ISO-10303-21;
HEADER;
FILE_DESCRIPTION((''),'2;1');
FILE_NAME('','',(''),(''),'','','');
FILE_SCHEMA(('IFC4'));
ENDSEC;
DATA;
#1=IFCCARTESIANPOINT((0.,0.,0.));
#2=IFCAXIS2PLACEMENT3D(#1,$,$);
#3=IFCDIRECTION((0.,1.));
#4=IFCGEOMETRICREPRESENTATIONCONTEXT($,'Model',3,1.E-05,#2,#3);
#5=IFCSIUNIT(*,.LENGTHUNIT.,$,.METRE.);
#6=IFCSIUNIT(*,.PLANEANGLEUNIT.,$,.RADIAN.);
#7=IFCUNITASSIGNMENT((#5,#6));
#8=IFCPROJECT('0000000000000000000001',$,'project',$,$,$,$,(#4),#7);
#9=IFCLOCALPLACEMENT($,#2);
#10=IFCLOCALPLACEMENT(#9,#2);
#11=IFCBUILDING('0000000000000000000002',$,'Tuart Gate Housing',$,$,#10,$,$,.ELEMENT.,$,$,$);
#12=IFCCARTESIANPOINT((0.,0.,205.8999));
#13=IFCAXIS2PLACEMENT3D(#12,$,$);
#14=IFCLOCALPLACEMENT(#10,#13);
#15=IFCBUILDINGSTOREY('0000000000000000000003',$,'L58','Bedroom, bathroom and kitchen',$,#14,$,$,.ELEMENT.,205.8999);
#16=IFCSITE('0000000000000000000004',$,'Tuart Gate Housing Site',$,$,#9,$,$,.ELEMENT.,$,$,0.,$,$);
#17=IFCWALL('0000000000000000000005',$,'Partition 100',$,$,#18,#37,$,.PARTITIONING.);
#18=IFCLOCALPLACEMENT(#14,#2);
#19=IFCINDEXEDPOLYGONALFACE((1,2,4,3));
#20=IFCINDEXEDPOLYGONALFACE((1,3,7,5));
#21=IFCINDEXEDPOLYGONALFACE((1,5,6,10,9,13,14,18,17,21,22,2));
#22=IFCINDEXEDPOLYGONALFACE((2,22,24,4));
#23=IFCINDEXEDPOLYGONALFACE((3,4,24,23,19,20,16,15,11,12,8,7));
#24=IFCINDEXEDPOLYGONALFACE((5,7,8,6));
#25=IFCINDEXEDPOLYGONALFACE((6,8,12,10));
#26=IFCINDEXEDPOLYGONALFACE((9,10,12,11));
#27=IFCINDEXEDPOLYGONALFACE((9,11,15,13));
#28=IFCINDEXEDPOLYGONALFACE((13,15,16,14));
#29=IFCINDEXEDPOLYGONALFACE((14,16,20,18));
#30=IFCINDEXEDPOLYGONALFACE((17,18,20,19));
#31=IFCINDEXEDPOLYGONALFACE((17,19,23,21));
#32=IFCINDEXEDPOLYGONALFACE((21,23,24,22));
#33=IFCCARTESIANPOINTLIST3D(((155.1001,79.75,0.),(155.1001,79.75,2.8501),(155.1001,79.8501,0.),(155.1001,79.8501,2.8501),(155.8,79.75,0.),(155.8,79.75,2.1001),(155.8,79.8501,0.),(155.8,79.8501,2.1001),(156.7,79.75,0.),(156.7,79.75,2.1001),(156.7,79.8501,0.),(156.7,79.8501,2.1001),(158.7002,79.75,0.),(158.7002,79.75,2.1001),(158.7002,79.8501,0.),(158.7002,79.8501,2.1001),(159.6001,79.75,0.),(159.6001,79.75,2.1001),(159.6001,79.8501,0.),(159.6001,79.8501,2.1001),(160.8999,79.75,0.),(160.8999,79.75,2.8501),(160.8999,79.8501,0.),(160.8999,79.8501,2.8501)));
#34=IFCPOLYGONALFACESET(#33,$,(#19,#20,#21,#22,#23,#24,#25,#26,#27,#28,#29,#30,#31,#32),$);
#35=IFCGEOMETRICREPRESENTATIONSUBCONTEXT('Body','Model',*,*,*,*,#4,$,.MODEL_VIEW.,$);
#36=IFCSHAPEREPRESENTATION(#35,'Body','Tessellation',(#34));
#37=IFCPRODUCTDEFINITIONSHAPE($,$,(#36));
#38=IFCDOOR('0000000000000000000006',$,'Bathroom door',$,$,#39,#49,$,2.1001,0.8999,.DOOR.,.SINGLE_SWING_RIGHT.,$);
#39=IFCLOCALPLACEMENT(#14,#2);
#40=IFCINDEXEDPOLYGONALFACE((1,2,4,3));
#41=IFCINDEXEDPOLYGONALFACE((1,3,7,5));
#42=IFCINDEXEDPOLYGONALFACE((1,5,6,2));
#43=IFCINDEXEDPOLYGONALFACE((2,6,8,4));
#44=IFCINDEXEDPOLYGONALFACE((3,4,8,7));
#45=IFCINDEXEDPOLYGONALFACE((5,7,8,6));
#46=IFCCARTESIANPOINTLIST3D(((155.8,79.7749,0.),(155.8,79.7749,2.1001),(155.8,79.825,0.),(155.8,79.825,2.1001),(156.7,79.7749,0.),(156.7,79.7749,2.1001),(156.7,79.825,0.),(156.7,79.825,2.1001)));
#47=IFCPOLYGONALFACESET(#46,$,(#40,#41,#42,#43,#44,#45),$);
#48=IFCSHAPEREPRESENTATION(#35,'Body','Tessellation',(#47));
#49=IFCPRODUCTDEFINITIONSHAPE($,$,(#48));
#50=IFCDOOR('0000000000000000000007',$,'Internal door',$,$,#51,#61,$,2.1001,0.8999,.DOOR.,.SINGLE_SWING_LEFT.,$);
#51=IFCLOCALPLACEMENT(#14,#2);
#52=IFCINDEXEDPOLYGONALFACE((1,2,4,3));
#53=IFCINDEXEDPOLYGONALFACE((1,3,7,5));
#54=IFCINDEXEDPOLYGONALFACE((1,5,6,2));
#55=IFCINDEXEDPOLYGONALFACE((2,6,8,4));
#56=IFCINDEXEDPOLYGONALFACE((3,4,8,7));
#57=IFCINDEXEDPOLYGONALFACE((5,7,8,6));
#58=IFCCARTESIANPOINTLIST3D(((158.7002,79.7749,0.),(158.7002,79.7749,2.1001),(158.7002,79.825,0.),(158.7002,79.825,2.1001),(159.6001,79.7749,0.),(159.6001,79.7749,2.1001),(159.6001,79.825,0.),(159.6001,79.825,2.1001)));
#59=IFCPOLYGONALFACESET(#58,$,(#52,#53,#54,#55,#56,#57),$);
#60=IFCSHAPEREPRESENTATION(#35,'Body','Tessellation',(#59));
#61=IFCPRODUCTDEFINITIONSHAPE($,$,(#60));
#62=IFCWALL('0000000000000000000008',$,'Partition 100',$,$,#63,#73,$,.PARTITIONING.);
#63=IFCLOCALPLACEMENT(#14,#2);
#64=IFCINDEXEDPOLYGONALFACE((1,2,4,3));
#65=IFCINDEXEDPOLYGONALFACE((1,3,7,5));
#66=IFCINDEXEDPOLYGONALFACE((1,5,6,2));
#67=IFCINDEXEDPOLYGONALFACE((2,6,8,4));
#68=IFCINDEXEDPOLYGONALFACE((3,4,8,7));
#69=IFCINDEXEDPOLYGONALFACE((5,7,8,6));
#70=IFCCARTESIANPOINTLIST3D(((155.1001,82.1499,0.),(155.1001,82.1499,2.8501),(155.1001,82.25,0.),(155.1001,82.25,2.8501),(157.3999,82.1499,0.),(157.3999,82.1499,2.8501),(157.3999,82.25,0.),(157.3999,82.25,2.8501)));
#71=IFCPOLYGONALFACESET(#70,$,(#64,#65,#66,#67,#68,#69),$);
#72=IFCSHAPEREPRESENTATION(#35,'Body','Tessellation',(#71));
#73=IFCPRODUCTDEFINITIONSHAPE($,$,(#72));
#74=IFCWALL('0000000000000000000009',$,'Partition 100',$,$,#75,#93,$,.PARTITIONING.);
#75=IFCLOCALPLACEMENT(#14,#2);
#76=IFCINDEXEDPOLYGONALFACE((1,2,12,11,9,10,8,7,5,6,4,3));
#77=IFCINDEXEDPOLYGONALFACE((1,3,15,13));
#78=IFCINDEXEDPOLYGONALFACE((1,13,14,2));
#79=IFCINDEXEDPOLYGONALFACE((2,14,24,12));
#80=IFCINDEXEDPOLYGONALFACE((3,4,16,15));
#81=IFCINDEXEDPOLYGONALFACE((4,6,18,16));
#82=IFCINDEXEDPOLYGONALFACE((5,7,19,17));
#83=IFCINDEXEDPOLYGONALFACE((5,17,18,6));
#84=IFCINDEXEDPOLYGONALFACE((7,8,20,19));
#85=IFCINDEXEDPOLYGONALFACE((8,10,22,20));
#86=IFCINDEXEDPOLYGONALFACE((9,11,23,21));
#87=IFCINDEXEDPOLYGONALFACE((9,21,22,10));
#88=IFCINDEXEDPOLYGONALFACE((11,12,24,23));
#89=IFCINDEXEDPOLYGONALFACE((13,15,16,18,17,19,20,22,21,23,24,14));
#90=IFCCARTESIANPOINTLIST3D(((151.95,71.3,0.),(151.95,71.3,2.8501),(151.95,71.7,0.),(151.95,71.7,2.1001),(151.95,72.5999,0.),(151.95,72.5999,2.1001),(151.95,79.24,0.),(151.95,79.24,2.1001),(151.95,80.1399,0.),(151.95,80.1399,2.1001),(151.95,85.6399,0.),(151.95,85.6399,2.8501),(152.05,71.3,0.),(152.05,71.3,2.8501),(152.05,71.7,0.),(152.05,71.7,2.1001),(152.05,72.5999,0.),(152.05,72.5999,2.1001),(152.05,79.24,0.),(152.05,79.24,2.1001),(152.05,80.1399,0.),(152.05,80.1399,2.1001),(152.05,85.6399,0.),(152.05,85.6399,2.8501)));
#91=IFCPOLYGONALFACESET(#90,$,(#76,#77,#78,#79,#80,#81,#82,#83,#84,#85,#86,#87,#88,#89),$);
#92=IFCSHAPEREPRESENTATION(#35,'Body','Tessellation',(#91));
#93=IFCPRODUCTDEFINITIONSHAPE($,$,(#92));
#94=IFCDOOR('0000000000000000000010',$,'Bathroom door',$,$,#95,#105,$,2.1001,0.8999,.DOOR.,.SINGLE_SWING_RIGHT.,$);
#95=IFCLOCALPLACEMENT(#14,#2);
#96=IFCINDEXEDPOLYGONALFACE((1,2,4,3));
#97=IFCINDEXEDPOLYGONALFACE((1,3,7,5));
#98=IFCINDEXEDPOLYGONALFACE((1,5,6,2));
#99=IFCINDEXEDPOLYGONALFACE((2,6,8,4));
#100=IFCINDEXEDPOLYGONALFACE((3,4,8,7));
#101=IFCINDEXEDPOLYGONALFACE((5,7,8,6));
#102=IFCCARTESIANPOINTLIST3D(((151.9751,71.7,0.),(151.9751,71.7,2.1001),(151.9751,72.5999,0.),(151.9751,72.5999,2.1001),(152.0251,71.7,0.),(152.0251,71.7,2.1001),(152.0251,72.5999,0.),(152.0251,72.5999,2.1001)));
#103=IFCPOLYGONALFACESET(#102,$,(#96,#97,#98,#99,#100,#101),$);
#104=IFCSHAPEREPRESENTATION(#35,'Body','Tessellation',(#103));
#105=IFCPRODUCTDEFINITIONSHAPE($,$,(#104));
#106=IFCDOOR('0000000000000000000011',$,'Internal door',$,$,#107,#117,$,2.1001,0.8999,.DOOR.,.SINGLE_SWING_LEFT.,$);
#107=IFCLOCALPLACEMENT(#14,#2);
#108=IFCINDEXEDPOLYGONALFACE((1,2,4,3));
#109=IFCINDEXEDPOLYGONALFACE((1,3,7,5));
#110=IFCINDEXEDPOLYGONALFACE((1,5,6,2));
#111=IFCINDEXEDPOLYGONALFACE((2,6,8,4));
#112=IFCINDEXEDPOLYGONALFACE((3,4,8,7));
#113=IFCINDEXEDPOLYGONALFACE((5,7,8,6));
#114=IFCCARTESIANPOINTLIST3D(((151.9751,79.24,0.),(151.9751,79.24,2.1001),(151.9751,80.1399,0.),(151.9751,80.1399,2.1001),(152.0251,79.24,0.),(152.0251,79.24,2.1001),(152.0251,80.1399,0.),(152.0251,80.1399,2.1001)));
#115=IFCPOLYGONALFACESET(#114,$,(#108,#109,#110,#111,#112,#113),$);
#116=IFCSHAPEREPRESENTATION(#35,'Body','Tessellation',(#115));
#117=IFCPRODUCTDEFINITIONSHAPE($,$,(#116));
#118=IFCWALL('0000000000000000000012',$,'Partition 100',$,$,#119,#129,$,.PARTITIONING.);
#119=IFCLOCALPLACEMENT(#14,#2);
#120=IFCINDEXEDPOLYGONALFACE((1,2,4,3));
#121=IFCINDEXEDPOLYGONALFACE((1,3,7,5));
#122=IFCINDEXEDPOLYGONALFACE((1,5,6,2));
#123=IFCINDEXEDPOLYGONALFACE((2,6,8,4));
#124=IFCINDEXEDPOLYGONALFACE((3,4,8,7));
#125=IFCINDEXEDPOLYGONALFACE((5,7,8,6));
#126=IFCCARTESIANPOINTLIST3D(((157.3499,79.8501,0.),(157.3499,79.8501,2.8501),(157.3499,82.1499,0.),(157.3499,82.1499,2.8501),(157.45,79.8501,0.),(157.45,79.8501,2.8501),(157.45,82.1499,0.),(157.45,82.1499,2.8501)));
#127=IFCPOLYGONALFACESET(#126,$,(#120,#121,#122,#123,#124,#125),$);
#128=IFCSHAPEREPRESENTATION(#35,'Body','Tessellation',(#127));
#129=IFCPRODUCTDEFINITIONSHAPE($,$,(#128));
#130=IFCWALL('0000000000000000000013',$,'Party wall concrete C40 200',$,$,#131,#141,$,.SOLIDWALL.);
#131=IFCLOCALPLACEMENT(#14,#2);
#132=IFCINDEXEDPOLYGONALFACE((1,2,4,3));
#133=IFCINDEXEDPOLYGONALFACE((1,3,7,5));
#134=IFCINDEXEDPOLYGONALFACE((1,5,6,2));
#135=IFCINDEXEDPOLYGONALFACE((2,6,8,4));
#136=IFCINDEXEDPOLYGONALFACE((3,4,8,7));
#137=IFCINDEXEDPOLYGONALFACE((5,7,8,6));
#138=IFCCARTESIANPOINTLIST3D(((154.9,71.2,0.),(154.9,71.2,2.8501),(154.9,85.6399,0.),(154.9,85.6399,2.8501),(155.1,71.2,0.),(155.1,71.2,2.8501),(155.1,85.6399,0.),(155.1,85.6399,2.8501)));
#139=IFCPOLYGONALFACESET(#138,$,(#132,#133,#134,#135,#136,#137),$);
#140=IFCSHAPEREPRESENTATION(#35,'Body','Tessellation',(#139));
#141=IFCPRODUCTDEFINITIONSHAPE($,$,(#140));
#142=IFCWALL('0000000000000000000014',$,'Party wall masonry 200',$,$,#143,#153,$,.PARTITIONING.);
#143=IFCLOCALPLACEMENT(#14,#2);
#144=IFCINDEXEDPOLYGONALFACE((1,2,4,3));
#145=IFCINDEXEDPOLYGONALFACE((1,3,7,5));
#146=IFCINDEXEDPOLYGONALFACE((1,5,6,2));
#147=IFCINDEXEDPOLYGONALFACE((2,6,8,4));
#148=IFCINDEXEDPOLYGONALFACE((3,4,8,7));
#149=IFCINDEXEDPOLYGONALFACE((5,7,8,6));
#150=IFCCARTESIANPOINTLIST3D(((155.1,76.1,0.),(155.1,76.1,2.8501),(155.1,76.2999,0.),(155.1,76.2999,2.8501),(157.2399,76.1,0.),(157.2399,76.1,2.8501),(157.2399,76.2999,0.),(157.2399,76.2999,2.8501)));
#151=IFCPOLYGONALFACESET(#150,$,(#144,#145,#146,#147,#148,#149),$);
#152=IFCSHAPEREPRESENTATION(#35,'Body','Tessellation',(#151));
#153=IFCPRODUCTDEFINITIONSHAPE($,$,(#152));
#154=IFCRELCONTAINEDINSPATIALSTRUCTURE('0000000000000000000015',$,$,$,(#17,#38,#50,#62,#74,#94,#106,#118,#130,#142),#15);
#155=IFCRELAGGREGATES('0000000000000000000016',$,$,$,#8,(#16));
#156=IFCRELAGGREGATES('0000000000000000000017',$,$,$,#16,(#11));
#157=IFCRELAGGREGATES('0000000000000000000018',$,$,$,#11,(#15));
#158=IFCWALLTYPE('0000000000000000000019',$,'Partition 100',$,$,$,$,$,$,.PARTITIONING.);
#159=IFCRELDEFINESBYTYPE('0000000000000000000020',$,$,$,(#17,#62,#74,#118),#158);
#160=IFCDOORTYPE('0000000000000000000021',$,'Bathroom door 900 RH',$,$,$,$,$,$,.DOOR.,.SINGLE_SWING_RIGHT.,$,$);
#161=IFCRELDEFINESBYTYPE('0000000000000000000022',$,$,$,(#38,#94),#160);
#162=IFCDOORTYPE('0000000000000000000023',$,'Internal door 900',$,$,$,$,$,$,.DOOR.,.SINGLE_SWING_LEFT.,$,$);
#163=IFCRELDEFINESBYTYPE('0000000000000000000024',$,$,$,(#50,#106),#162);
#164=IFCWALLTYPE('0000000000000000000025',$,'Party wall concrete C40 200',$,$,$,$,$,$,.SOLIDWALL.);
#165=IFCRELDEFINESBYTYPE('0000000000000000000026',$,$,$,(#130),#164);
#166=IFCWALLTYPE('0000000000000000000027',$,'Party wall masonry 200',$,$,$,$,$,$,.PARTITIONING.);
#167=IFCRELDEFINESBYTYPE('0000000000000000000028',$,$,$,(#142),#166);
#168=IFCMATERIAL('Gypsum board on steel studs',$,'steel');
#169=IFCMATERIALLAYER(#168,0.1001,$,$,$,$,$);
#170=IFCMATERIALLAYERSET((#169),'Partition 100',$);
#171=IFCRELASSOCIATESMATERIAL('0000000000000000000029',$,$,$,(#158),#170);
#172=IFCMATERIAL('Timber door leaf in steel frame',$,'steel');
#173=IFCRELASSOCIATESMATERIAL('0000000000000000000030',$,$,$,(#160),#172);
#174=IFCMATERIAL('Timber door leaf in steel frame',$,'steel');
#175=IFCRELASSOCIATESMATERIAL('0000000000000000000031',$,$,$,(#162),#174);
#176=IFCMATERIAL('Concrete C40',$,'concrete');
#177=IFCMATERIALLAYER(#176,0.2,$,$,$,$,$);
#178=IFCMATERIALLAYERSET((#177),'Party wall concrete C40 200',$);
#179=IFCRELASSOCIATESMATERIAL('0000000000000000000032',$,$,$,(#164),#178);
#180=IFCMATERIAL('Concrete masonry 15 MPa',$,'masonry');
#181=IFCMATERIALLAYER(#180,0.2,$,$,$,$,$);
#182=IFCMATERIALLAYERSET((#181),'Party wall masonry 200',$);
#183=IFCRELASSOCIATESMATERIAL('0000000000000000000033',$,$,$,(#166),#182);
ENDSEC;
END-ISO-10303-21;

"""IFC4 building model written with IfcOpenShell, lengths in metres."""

from ifc_helpers import new_model, si_unit, direction, frame, frame_2d, origin, place, context, subcontext, project, spatial, rectangle, extrude, material, layer, layer_set, type_object, element, fill, save


model = new_model("IFC4")

# Units and contexts
model_context = context("Model", 3, precision=1e-05, world=origin(), true_north=direction((0.0, 1.0)))
body_context = subcontext(model_context, "Body", "Model", "MODEL_VIEW")
ifc_project = project(units=[si_unit("LENGTHUNIT", "METRE"), si_unit("PLANEANGLEUNIT", "RADIAN")], contexts=[model_context])

# Site, building, storey
site_placement = place(None, origin())
site = spatial("IfcSite", under=ifc_project, at=site_placement, Name="Tuart Gate Housing Site", CompositionType="ELEMENT", RefElevation=0.0)
building_placement = place(site_placement, origin())
building = spatial("IfcBuilding", under=site, at=building_placement, Name="Tuart Gate Housing", CompositionType="ELEMENT")
storey_placement = place(building_placement, frame((0.0, 0.0, 205.8999)))
storey = spatial("IfcBuildingStorey", under=building, at=storey_placement, Name="L58", Description="Bedroom, bathroom and kitchen", CompositionType="ELEMENT", Elevation=205.8999)

# Shared definitions
ifc_material_1 = material(Name="Gypsum board on steel studs", Category="steel")
ifc_layer_1 = layer(ifc_material_1, 0.1001)
ifc_layer_set_1 = layer_set([ifc_layer_1], Name="Partition 100")
wall_type_1 = type_object("IfcWallType", Name="Partition 100", PredefinedType="PARTITIONING", material=ifc_layer_set_1)

# Wall, openings, doors
wall_1_placement = place(storey_placement, frame((155.1001, 79.8, 0.0), z_axis=(0.0, 0.0, 1.0), x_axis=(1.0, 0.0, 0.0)))
wall_1 = element("IfcWall", 1, at=wall_1_placement, inside=storey, type_object=wall_type_1, Name="Partition 100", PredefinedType="PARTITIONING", context=body_context, shape_type="SweptSolid", body=[
    extrude(rectangle(XDim=5.7998, YDim=0.1001, at=frame_2d((2.8999, 0.0))), origin(), (0.0, 0.0, 1.0), 2.8501),
])
opening_1_placement = place(wall_1_placement, frame((3.6001, 0.0, 0.0)))
opening_1 = element("IfcOpeningElement", 2, at=opening_1_placement, cuts=wall_1, PredefinedType="OPENING", context=body_context, shape_type="SweptSolid", body=[
    extrude(rectangle(XDim=0.8999, YDim=2.1001, at=frame_2d((0.45, 1.05))), frame((0.0, 0.0601, 0.0), z_axis=(0.0, -1.0, 0.0), x_axis=(1.0, 0.0, 0.0)), (0.0, 0.0, 1.0), 0.1201),
])
opening_2_placement = place(wall_1_placement, frame((0.7, 0.0, 0.0)))
opening_2 = element("IfcOpeningElement", 3, at=opening_2_placement, cuts=wall_1, PredefinedType="OPENING", context=body_context, shape_type="SweptSolid", body=[
    extrude(rectangle(XDim=0.8999, YDim=2.1001, at=frame_2d((0.45, 1.05))), frame((0.0, 0.0601, 0.0), z_axis=(0.0, -1.0, 0.0), x_axis=(1.0, 0.0, 0.0)), (0.0, 0.0, 1.0), 0.1201),
])
ifc_material_2 = material(Name="Timber door leaf in steel frame", Category="steel")
door_type_1 = type_object("IfcDoorType", Name="Bathroom door 900 RH", OperationType="SINGLE_SWING_RIGHT", PredefinedType="DOOR", material=ifc_material_2)
door_1_placement = place(opening_2_placement, origin())
door_1 = element("IfcDoor", 4, at=door_1_placement, inside=storey, type_object=door_type_1, Name="Bathroom door", OperationType="SINGLE_SWING_RIGHT", OverallHeight=2.1001, OverallWidth=0.8999, PredefinedType="DOOR", context=body_context, shape_type="SweptSolid", body=[
    extrude(rectangle(XDim=0.8999, YDim=2.1001, at=frame_2d((0.45, 1.05))), frame((0.0, 0.0249, 0.0), z_axis=(0.0, -1.0, 0.0), x_axis=(1.0, 0.0, 0.0)), (0.0, 0.0, 1.0), 0.05),
])
fill(opening_2, door_1)
ifc_material_3 = material(Name="Timber door leaf in steel frame", Category="steel")
door_type_2 = type_object("IfcDoorType", Name="Internal door 900", OperationType="SINGLE_SWING_LEFT", PredefinedType="DOOR", material=ifc_material_3)
door_2_placement = place(opening_1_placement, origin())
door_2 = element("IfcDoor", 5, at=door_2_placement, inside=storey, type_object=door_type_2, Name="Internal door", OperationType="SINGLE_SWING_LEFT", OverallHeight=2.1001, OverallWidth=0.8999, PredefinedType="DOOR", context=body_context, shape_type="SweptSolid", body=[
    extrude(rectangle(XDim=0.8999, YDim=2.1001, at=frame_2d((0.45, 1.05))), frame((0.0, 0.0249, 0.0), z_axis=(0.0, -1.0, 0.0), x_axis=(1.0, 0.0, 0.0)), (0.0, 0.0, 1.0), 0.05),
])
fill(opening_1, door_2)

# Wall
wall_2_placement = place(storey_placement, frame((155.1001, 82.2, 0.0), z_axis=(0.0, 0.0, 1.0), x_axis=(1.0, 0.0, 0.0)))
element("IfcWall", 6, at=wall_2_placement, inside=storey, type_object=wall_type_1, Name="Partition 100", PredefinedType="PARTITIONING", context=body_context, shape_type="SweptSolid", body=[
    extrude(rectangle(XDim=2.2998, YDim=0.1001, at=frame_2d((1.1499, 0.0))), origin(), (0.0, 0.0, 1.0), 2.8501),
])

# Wall, openings, doors
wall_3_placement = place(storey_placement, frame((152.0, 71.3, 0.0), z_axis=(0.0, 0.0, 1.0), x_axis=(0.0, 1.0, 0.0)))
wall_3 = element("IfcWall", 7, at=wall_3_placement, inside=storey, type_object=wall_type_1, Name="Partition 100", PredefinedType="PARTITIONING", context=body_context, shape_type="SweptSolid", body=[
    extrude(rectangle(XDim=14.3398, YDim=0.1001, at=frame_2d((7.1699, 0.0))), origin(), (0.0, 0.0, 1.0), 2.8501),
])
opening_3_placement = place(wall_3_placement, frame((7.9399, 0.0, 0.0)))
opening_3 = element("IfcOpeningElement", 8, at=opening_3_placement, cuts=wall_3, PredefinedType="OPENING", context=body_context, shape_type="SweptSolid", body=[
    extrude(rectangle(XDim=0.8999, YDim=2.1001, at=frame_2d((0.45, 1.05))), frame((0.0, 0.0601, 0.0), z_axis=(0.0, -1.0, 0.0), x_axis=(1.0, 0.0, 0.0)), (0.0, 0.0, 1.0), 0.1201),
])
opening_4_placement = place(wall_3_placement, frame((0.3999, 0.0, 0.0)))
opening_4 = element("IfcOpeningElement", 9, at=opening_4_placement, cuts=wall_3, PredefinedType="OPENING", context=body_context, shape_type="SweptSolid", body=[
    extrude(rectangle(XDim=0.8999, YDim=2.1001, at=frame_2d((0.45, 1.05))), frame((0.0, 0.0601, 0.0), z_axis=(0.0, -1.0, 0.0), x_axis=(1.0, 0.0, 0.0)), (0.0, 0.0, 1.0), 0.1201),
])
door_3_placement = place(opening_4_placement, frame((0.8999, 0.0, 0.0), z_axis=(0.0, 0.0, 1.0), x_axis=(-1.0, 0.0, 0.0)))
door_3 = element("IfcDoor", 10, at=door_3_placement, inside=storey, type_object=door_type_1, Name="Bathroom door", OperationType="SINGLE_SWING_RIGHT", OverallHeight=2.1001, OverallWidth=0.8999, PredefinedType="DOOR", context=body_context, shape_type="SweptSolid", body=[
    extrude(rectangle(XDim=0.8999, YDim=2.1001, at=frame_2d((0.45, 1.05))), frame((0.0, 0.0251, 0.0), z_axis=(0.0, -1.0, 0.0), x_axis=(1.0, 0.0, 0.0)), (0.0, 0.0, 1.0), 0.05),
])
fill(opening_4, door_3)
door_4_placement = place(opening_3_placement, frame((0.8999, 0.0, 0.0), z_axis=(0.0, 0.0, 1.0), x_axis=(-1.0, 0.0, 0.0)))
door_4 = element("IfcDoor", 11, at=door_4_placement, inside=storey, type_object=door_type_2, Name="Internal door", OperationType="SINGLE_SWING_LEFT", OverallHeight=2.1001, OverallWidth=0.8999, PredefinedType="DOOR", context=body_context, shape_type="SweptSolid", body=[
    extrude(rectangle(XDim=0.8999, YDim=2.1001, at=frame_2d((0.45, 1.05))), frame((0.0, 0.0251, 0.0), z_axis=(0.0, -1.0, 0.0), x_axis=(1.0, 0.0, 0.0)), (0.0, 0.0, 1.0), 0.05),
])
fill(opening_3, door_4)

# Walls
wall_4_placement = place(storey_placement, frame((157.3999, 79.8501, 0.0), z_axis=(0.0, 0.0, 1.0), x_axis=(0.0, 1.0, 0.0)))
element("IfcWall", 12, at=wall_4_placement, inside=storey, type_object=wall_type_1, Name="Partition 100", PredefinedType="PARTITIONING", context=body_context, shape_type="SweptSolid", body=[
    extrude(rectangle(XDim=2.2998, YDim=0.1001, at=frame_2d((1.1499, 0.0))), origin(), (0.0, 0.0, 1.0), 2.8501),
])
ifc_material_4 = material(Name="Concrete C40", Category="concrete")
ifc_layer_2 = layer(ifc_material_4, 0.2)
ifc_layer_set_2 = layer_set([ifc_layer_2], Name="Party wall concrete C40 200")
wall_type_2 = type_object("IfcWallType", Name="Party wall concrete C40 200", PredefinedType="SOLIDWALL", material=ifc_layer_set_2)
wall_5_placement = place(storey_placement, frame((155.0, 71.2, 0.0), z_axis=(0.0, 0.0, 1.0), x_axis=(0.0, 1.0, 0.0)))
element("IfcWall", 13, at=wall_5_placement, inside=storey, type_object=wall_type_2, Name="Party wall concrete C40 200", PredefinedType="SOLIDWALL", context=body_context, shape_type="SweptSolid", body=[
    extrude(rectangle(XDim=14.4399, YDim=0.2, at=frame_2d((7.22, 0.0))), origin(), (0.0, 0.0, 1.0), 2.8501),
])
ifc_material_5 = material(Name="Concrete masonry 15 MPa", Category="masonry")
ifc_layer_3 = layer(ifc_material_5, 0.2)
ifc_layer_set_3 = layer_set([ifc_layer_3], Name="Party wall masonry 200")
wall_type_3 = type_object("IfcWallType", Name="Party wall masonry 200", PredefinedType="PARTITIONING", material=ifc_layer_set_3)
wall_6_placement = place(storey_placement, frame((155.1001, 76.2, 0.0), z_axis=(0.0, 0.0, 1.0), x_axis=(1.0, 0.0, 0.0)))
element("IfcWall", 14, at=wall_6_placement, inside=storey, type_object=wall_type_3, Name="Party wall masonry 200", PredefinedType="PARTITIONING", context=body_context, shape_type="SweptSolid", body=[
    extrude(rectangle(XDim=2.1399, YDim=0.2, at=frame_2d((1.0698, 0.0))), origin(), (0.0, 0.0, 1.0), 2.8501),
])

save(model, "model.ifc")
